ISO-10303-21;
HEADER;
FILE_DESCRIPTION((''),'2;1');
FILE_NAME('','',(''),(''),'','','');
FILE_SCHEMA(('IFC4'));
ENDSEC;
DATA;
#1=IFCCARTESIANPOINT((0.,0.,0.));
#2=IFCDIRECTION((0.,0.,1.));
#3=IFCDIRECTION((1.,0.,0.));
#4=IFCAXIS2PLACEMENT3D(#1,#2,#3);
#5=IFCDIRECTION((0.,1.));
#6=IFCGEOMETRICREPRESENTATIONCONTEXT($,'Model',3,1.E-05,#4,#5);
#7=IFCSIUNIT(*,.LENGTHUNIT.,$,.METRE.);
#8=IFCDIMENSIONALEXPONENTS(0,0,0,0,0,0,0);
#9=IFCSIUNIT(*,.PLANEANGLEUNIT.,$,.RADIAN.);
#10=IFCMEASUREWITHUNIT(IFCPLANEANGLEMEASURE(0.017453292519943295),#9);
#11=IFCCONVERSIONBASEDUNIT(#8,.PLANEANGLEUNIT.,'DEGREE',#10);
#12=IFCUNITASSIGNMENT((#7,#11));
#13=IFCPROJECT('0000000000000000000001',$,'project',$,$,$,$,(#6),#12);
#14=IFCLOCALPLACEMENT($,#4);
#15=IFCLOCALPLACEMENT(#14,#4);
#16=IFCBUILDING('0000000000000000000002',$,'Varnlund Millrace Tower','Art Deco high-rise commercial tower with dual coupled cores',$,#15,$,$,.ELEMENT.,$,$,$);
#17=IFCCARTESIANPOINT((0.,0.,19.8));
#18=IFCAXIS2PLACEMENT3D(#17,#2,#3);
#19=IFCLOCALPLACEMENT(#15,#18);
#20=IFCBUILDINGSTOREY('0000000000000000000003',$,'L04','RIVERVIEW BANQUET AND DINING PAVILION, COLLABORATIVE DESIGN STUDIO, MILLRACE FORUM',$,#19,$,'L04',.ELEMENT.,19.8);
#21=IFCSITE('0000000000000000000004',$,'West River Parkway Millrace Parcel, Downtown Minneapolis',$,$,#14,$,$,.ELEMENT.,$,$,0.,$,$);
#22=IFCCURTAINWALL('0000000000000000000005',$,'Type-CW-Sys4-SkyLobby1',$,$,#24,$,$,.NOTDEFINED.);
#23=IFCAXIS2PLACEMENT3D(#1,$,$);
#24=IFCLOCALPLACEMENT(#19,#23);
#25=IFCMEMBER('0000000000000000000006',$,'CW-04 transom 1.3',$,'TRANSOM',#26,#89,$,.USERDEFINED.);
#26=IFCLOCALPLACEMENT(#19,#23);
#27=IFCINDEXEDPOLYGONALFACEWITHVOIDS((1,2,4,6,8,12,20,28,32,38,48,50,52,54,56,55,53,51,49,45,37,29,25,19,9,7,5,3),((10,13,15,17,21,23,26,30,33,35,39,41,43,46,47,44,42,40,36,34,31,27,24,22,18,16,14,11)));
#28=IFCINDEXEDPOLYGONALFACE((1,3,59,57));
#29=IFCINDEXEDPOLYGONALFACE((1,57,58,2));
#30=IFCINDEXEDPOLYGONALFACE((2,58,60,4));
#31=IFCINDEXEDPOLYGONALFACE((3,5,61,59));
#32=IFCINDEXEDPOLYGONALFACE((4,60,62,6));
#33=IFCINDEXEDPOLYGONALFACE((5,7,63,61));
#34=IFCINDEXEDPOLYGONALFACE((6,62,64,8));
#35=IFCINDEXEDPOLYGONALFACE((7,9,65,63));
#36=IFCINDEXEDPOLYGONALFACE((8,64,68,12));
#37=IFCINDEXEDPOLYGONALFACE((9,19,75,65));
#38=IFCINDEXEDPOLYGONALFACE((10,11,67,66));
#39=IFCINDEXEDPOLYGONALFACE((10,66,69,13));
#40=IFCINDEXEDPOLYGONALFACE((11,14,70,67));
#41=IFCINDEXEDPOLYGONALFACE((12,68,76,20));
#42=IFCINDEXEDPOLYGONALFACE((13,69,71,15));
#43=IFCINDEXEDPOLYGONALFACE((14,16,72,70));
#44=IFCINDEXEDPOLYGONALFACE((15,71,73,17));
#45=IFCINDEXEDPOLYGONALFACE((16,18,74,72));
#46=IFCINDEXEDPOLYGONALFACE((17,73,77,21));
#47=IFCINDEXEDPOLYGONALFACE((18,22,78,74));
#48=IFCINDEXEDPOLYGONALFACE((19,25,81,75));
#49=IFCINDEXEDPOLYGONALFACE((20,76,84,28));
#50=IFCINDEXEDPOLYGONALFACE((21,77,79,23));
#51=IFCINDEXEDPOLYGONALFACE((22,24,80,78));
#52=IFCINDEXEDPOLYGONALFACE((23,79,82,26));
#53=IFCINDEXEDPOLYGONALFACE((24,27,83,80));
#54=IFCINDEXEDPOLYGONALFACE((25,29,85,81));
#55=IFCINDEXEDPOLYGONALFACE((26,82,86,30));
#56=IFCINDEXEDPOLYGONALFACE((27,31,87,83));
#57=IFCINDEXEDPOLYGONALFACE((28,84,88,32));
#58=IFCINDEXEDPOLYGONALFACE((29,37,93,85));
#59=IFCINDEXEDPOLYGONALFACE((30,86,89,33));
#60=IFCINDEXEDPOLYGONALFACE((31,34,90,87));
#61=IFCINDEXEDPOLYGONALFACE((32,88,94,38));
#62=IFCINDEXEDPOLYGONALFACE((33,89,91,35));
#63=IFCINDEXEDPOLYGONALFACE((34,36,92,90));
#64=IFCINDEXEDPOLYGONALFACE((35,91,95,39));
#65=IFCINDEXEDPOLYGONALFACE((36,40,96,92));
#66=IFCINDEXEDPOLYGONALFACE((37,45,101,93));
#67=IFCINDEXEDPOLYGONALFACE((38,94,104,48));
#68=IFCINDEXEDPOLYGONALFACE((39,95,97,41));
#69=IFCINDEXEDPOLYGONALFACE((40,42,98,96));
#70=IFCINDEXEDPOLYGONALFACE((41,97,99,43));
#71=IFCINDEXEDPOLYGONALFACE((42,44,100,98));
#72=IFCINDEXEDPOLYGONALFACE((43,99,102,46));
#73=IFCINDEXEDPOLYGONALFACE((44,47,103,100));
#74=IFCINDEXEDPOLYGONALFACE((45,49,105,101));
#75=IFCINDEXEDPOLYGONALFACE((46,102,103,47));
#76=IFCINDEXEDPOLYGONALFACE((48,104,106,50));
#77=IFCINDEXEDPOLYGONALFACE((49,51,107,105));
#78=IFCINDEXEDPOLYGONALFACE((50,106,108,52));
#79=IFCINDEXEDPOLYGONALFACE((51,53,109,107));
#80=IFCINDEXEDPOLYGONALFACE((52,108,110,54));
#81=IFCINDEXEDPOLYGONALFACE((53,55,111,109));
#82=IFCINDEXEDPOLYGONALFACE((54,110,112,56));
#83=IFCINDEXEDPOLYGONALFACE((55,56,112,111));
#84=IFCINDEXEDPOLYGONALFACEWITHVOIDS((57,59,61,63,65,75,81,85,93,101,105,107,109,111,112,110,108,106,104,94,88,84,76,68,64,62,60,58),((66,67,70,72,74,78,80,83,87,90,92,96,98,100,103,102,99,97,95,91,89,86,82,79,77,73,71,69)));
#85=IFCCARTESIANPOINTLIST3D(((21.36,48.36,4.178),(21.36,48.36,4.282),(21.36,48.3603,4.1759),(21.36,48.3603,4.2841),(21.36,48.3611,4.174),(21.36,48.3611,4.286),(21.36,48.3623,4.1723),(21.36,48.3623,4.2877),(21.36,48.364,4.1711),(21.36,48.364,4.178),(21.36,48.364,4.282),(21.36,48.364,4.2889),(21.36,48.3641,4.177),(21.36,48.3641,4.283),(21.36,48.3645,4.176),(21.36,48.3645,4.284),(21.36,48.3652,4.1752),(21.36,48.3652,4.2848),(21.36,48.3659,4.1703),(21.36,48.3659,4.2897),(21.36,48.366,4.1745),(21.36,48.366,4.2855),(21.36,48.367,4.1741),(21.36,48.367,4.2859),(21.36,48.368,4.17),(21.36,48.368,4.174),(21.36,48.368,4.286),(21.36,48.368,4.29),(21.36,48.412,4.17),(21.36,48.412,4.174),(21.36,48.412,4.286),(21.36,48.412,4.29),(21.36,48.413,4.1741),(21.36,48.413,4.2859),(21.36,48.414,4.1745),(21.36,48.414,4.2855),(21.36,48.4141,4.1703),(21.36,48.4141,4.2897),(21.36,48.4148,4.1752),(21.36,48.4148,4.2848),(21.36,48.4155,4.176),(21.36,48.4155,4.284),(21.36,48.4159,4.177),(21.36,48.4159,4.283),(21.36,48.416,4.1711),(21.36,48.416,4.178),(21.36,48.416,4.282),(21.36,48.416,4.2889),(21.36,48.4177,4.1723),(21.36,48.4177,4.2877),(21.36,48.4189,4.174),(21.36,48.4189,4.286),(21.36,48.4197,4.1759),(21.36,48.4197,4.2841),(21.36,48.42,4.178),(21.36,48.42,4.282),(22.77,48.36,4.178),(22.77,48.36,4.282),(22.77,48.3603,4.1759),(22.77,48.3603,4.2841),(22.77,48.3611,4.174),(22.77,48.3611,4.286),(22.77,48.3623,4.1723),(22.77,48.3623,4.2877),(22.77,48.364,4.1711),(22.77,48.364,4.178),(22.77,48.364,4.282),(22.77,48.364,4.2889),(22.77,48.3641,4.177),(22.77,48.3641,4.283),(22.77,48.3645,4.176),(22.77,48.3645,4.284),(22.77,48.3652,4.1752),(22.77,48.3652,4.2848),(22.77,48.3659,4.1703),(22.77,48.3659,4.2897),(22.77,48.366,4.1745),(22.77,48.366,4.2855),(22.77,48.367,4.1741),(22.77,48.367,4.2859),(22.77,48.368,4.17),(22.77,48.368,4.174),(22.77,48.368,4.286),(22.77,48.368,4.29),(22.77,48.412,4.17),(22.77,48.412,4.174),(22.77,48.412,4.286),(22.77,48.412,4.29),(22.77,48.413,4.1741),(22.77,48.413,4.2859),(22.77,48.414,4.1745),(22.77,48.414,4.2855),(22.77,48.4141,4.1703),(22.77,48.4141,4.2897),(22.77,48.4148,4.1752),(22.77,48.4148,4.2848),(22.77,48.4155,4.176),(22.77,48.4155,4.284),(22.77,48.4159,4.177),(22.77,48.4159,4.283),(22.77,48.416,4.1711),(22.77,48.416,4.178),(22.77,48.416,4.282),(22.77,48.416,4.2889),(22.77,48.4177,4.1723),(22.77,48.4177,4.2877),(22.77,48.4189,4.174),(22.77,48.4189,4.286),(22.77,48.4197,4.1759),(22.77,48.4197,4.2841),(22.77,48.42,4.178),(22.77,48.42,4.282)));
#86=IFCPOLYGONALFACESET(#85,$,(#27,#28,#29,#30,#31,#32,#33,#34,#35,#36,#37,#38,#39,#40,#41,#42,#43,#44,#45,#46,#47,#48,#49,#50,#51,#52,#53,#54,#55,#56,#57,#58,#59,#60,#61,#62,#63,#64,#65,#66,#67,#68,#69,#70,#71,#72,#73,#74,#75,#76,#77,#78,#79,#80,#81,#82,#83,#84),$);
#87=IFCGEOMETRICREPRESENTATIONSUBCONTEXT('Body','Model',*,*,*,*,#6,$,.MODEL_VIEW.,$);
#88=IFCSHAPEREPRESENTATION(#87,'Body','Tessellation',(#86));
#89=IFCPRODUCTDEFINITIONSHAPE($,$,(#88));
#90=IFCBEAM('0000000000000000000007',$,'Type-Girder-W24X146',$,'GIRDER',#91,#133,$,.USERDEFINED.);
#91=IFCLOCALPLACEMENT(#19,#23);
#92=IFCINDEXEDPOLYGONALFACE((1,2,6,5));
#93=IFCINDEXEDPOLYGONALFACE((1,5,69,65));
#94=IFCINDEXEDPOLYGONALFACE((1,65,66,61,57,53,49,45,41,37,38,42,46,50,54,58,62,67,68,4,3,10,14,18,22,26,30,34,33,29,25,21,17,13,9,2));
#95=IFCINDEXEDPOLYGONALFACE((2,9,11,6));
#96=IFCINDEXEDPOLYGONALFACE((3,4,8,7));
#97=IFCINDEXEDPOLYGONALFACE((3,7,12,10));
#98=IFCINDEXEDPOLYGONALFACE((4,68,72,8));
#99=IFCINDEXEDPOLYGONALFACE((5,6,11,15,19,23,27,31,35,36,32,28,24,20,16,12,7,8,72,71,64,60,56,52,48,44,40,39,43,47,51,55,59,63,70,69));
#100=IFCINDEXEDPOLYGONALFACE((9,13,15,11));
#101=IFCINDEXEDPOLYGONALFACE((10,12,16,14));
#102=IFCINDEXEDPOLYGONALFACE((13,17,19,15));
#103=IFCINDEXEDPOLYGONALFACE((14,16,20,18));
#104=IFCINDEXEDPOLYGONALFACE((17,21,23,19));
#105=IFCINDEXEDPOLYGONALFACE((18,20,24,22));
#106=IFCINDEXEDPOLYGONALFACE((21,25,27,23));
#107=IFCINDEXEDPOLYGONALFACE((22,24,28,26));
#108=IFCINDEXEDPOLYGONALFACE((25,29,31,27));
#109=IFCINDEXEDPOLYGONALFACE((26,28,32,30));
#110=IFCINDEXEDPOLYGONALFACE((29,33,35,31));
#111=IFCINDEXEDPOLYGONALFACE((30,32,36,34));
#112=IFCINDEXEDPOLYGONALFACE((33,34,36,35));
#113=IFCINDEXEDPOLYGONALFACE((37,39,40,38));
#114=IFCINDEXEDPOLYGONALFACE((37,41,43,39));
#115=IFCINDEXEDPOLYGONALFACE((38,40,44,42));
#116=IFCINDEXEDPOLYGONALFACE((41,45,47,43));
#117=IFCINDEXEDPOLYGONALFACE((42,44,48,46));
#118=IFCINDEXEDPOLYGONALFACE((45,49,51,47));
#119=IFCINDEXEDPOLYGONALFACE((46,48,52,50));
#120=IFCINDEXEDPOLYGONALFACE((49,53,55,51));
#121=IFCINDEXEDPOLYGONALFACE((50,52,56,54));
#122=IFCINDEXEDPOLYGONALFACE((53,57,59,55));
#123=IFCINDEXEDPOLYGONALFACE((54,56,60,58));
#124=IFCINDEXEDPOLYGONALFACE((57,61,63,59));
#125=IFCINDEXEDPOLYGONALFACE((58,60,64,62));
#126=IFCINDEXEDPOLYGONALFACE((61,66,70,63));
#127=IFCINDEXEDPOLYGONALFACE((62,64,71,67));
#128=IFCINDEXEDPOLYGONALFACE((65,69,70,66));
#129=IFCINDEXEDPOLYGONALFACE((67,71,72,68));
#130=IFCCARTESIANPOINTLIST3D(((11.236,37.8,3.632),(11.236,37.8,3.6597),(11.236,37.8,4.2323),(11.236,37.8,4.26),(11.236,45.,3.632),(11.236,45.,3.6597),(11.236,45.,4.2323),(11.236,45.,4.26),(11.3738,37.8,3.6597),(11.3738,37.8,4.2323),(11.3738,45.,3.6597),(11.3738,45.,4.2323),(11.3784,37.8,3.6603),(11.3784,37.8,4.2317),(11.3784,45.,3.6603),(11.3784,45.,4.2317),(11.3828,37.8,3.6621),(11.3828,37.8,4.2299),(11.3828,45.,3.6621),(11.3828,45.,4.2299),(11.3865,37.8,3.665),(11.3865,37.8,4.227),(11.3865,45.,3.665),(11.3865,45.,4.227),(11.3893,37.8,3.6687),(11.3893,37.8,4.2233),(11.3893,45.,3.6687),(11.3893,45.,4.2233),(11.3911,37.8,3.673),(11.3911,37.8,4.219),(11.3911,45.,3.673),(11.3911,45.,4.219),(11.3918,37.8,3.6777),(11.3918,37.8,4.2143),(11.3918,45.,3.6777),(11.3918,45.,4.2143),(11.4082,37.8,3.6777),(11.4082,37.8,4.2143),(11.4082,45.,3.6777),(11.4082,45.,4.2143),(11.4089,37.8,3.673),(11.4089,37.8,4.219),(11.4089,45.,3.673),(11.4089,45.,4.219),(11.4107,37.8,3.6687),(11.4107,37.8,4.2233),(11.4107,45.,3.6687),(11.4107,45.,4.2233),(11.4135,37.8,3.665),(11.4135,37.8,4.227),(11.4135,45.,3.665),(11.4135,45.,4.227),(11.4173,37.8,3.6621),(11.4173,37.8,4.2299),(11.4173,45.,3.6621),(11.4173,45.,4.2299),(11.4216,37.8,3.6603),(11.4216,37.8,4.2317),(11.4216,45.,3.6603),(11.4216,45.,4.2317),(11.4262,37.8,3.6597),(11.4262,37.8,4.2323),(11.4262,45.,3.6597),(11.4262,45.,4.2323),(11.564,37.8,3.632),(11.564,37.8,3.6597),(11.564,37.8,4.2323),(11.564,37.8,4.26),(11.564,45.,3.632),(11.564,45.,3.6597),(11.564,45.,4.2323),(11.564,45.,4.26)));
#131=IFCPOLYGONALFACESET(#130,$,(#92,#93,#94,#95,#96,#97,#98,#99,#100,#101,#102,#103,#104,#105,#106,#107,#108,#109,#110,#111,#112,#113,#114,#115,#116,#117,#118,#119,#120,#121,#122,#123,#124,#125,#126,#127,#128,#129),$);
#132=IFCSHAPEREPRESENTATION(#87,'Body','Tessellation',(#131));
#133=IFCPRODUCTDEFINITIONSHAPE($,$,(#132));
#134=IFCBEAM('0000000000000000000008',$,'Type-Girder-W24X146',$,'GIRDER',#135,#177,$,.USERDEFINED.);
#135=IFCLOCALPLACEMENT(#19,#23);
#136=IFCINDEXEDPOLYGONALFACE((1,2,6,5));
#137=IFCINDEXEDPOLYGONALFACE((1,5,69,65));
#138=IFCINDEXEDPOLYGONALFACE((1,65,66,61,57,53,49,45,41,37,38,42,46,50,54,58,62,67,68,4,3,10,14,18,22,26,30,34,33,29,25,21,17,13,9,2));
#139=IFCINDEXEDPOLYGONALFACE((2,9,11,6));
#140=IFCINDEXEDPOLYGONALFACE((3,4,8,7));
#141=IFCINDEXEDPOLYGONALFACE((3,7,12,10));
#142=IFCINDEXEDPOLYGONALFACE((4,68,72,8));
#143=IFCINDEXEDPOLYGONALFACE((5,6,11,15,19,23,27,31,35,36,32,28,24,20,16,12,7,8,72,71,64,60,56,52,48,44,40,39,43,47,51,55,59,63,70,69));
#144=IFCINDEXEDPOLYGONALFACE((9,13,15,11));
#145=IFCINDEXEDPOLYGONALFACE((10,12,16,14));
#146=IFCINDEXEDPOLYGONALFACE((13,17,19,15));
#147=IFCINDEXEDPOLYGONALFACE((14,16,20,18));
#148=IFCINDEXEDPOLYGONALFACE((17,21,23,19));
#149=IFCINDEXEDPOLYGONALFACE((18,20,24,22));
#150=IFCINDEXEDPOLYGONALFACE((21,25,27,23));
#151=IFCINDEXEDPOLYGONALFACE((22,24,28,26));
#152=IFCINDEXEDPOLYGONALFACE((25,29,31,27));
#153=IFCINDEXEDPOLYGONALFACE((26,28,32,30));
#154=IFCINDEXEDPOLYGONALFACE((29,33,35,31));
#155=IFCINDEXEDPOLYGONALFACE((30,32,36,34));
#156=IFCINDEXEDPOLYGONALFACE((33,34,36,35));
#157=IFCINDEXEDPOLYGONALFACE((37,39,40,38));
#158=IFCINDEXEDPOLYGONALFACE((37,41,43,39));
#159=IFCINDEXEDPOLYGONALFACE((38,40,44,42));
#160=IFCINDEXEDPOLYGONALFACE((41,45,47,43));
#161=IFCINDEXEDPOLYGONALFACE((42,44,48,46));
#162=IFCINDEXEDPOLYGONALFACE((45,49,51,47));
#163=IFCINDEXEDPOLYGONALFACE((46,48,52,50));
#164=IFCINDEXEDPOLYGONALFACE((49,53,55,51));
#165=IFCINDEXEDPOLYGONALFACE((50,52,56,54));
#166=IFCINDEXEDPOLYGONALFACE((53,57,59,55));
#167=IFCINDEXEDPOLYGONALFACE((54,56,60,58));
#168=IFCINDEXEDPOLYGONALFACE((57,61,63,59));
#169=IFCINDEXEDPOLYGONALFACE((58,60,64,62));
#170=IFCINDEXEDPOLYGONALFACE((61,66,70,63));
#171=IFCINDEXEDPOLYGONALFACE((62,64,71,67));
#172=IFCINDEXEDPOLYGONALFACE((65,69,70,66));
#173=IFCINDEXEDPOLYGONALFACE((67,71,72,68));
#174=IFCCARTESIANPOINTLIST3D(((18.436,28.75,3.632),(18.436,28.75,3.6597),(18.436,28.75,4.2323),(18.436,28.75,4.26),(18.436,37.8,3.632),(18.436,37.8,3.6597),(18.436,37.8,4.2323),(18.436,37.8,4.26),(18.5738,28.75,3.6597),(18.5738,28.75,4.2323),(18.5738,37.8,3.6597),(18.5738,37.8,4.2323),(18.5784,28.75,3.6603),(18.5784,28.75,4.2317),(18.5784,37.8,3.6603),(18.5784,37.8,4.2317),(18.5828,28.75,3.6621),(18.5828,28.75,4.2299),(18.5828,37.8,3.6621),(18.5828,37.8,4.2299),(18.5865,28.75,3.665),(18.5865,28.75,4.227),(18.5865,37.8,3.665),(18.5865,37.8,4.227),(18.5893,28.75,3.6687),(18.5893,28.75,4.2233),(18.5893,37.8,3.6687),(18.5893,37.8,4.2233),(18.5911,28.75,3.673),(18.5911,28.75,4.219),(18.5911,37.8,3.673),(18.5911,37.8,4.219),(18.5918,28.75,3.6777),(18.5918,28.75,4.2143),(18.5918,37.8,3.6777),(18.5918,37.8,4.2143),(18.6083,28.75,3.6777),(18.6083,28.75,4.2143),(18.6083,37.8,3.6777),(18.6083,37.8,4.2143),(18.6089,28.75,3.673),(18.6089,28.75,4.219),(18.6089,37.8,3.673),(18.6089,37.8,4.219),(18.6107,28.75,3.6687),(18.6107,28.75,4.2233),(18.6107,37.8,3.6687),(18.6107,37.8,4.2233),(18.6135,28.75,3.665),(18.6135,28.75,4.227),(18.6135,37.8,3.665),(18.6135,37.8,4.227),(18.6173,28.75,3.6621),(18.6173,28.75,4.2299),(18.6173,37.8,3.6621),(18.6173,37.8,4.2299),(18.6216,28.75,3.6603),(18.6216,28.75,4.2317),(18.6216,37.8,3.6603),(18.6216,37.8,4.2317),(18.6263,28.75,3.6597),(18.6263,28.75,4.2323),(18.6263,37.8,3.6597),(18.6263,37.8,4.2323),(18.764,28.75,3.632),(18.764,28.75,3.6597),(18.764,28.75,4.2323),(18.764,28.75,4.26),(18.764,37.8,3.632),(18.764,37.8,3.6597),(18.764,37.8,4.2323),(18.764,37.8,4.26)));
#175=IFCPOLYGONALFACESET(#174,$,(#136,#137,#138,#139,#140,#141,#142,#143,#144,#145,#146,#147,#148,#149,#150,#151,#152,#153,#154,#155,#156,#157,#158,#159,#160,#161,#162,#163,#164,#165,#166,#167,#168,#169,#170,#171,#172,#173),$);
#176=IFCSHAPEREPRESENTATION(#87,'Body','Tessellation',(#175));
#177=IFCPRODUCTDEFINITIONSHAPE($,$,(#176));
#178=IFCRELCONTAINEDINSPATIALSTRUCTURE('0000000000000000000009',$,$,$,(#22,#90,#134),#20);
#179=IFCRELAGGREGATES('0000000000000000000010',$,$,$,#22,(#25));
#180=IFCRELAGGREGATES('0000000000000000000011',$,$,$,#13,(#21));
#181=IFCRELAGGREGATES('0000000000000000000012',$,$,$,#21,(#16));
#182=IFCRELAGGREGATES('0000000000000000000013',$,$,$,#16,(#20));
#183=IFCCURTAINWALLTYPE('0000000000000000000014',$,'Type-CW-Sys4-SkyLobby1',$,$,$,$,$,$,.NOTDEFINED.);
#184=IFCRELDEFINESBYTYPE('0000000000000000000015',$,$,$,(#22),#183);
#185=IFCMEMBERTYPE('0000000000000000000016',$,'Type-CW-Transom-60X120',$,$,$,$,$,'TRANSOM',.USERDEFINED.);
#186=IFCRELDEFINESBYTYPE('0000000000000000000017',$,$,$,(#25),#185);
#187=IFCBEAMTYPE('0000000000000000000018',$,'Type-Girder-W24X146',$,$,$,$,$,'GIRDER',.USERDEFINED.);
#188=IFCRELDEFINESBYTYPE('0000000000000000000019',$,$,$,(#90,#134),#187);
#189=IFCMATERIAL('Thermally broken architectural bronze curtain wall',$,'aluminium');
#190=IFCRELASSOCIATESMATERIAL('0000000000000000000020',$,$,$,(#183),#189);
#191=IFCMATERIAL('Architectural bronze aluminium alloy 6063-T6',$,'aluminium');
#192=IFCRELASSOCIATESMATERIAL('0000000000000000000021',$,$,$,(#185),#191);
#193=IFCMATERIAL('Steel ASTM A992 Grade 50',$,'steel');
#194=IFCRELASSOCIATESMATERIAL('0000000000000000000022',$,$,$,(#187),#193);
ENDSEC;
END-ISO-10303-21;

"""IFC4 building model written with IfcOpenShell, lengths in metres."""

from ifc_helpers import new_model, entity, si_unit, converted_unit, direction, frame, origin_with_axes, origin_2d_with_axis, place, context, subcontext, project, spatial, hollow_rectangle, i_section, extrude, material, material_profile, profile_set, type_object, element, aggregate, save


model = new_model("IFC4")

# Units and contexts
model_context = context("Model", 3, precision=1e-05, world=origin_with_axes(), true_north=direction((0.0, 1.0)))
body_context = subcontext(model_context, "Body", "Model", "MODEL_VIEW")
ifc_project = project(units=[si_unit("LENGTHUNIT", "METRE"), converted_unit("PLANEANGLEUNIT", "DEGREE", entity("IfcPlaneAngleMeasure", 0.017453292519943295), si_unit("PLANEANGLEUNIT", "RADIAN"), dimensions=[0, 0, 0, 0, 0, 0, 0])], contexts=[model_context])

# Site, building, storey
site_placement = place(None, origin_with_axes())
site = spatial("IfcSite", under=ifc_project, at=site_placement, Name="West River Parkway Millrace Parcel, Downtown Minneapolis", CompositionType="ELEMENT", RefElevation=0.0)
building_placement = place(site_placement, origin_with_axes())
building = spatial("IfcBuilding", under=site, at=building_placement, Name="Varnlund Millrace Tower", Description="Art Deco high-rise commercial tower with dual coupled cores", CompositionType="ELEMENT")
storey_placement = place(building_placement, frame((0.0, 0.0, 19.8), z_axis=(0.0, 0.0, 1.0), x_axis=(1.0, 0.0, 0.0)))
storey = spatial("IfcBuildingStorey", under=building, at=storey_placement, Name="L04", Description="RIVERVIEW BANQUET AND DINING PAVILION, COLLABORATIVE DESIGN STUDIO, MILLRACE FORUM", LongName="L04", CompositionType="ELEMENT", Elevation=19.8)

# Curtain wall, member
ifc_material_1 = material(Name="Thermally broken architectural bronze curtain wall", Category="aluminium")
curtain_wall_type = type_object("IfcCurtainWallType", Name="Type-CW-Sys4-SkyLobby1", PredefinedType="NOTDEFINED", material=ifc_material_1)
curtain_wall_placement = place(storey_placement, frame((21.3, 48.39, 0.0), z_axis=(0.0, 0.0, 1.0), x_axis=(1.0, 0.0, 0.0)))
curtain_wall = element("IfcCurtainWall", 1, at=curtain_wall_placement, inside=storey, type_object=curtain_wall_type, Name="Type-CW-Sys4-SkyLobby1", PredefinedType="NOTDEFINED")
ifc_material_2 = material(Name="Architectural bronze aluminium alloy 6063-T6", Category="aluminium")
ifc_material_profile_1 = material_profile(ifc_material_2, hollow_rectangle(XDim=0.06, YDim=0.12, WallThickness=0.004, InnerFilletRadius=0.004, OuterFilletRadius=0.008, at=origin_2d_with_axis()), Name="Architectural bronze aluminium alloy 6063-T6")
ifc_profile_set_1 = profile_set([ifc_material_profile_1], Name="Architectural bronze aluminium alloy 6063-T6")
member_type_1 = type_object("IfcMemberType", Name="Type-CW-Transom-60X120", ElementType="TRANSOM", PredefinedType="USERDEFINED", material=ifc_profile_set_1)
member_1_placement = place(storey_placement, frame((21.36, 48.39, 4.23), z_axis=(1.0, 0.0, 0.0), x_axis=(0.0, 1.0, 0.0)))
member_1 = element("IfcMember", 2, at=member_1_placement, type_object=member_type_1, Name="CW-04 transom 1.3", ObjectType="TRANSOM", PredefinedType="USERDEFINED", context=body_context, shape_type="SweptSolid", body=[
    extrude(hollow_rectangle(XDim=0.06, YDim=0.12, WallThickness=0.004, InnerFilletRadius=0.004, OuterFilletRadius=0.008, at=origin_2d_with_axis()), origin_with_axes(), (0.0, 0.0, 1.0), 1.41),
])
aggregate(curtain_wall, [member_1])

# Beams
ifc_material_3 = material(Name="Steel ASTM A992 Grade 50", Category="steel")
ifc_material_profile_2 = material_profile(ifc_material_3, i_section(OverallWidth=0.328, OverallDepth=0.628, WebThickness=0.0165, FlangeThickness=0.0277, FilletRadius=0.018, at=origin_2d_with_axis()), Name="Steel ASTM A992 Grade 50")
ifc_profile_set_2 = profile_set([ifc_material_profile_2], Name="Steel ASTM A992 Grade 50")
beam_type_1 = type_object("IfcBeamType", Name="Type-Girder-W24X146", ElementType="GIRDER", PredefinedType="USERDEFINED", material=ifc_profile_set_2)
beam_1_placement = place(storey_placement, frame((11.4, 37.8, 3.946), z_axis=(0.0, 1.0, 0.0), x_axis=(-1.0, 0.0, 0.0)))
element("IfcBeam", 3, at=beam_1_placement, inside=storey, type_object=beam_type_1, Name="Type-Girder-W24X146", ObjectType="GIRDER", PredefinedType="USERDEFINED", context=body_context, shape_type="SweptSolid", body=[
    extrude(i_section(OverallWidth=0.328, OverallDepth=0.628, WebThickness=0.0165, FlangeThickness=0.0277, FilletRadius=0.018, at=origin_2d_with_axis()), origin_with_axes(), (0.0, 0.0, 1.0), 7.2),
])
beam_2_placement = place(storey_placement, frame((18.6, 28.75, 3.946), z_axis=(0.0, 1.0, 0.0), x_axis=(-1.0, 0.0, 0.0)))
element("IfcBeam", 4, at=beam_2_placement, inside=storey, type_object=beam_type_1, Name="Type-Girder-W24X146", ObjectType="GIRDER", PredefinedType="USERDEFINED", context=body_context, shape_type="SweptSolid", body=[
    extrude(i_section(OverallWidth=0.328, OverallDepth=0.628, WebThickness=0.0165, FlangeThickness=0.0277, FilletRadius=0.018, at=origin_2d_with_axis()), origin_with_axes(), (0.0, 0.0, 1.0), 9.05),
])

save(model, "model.ifc")
